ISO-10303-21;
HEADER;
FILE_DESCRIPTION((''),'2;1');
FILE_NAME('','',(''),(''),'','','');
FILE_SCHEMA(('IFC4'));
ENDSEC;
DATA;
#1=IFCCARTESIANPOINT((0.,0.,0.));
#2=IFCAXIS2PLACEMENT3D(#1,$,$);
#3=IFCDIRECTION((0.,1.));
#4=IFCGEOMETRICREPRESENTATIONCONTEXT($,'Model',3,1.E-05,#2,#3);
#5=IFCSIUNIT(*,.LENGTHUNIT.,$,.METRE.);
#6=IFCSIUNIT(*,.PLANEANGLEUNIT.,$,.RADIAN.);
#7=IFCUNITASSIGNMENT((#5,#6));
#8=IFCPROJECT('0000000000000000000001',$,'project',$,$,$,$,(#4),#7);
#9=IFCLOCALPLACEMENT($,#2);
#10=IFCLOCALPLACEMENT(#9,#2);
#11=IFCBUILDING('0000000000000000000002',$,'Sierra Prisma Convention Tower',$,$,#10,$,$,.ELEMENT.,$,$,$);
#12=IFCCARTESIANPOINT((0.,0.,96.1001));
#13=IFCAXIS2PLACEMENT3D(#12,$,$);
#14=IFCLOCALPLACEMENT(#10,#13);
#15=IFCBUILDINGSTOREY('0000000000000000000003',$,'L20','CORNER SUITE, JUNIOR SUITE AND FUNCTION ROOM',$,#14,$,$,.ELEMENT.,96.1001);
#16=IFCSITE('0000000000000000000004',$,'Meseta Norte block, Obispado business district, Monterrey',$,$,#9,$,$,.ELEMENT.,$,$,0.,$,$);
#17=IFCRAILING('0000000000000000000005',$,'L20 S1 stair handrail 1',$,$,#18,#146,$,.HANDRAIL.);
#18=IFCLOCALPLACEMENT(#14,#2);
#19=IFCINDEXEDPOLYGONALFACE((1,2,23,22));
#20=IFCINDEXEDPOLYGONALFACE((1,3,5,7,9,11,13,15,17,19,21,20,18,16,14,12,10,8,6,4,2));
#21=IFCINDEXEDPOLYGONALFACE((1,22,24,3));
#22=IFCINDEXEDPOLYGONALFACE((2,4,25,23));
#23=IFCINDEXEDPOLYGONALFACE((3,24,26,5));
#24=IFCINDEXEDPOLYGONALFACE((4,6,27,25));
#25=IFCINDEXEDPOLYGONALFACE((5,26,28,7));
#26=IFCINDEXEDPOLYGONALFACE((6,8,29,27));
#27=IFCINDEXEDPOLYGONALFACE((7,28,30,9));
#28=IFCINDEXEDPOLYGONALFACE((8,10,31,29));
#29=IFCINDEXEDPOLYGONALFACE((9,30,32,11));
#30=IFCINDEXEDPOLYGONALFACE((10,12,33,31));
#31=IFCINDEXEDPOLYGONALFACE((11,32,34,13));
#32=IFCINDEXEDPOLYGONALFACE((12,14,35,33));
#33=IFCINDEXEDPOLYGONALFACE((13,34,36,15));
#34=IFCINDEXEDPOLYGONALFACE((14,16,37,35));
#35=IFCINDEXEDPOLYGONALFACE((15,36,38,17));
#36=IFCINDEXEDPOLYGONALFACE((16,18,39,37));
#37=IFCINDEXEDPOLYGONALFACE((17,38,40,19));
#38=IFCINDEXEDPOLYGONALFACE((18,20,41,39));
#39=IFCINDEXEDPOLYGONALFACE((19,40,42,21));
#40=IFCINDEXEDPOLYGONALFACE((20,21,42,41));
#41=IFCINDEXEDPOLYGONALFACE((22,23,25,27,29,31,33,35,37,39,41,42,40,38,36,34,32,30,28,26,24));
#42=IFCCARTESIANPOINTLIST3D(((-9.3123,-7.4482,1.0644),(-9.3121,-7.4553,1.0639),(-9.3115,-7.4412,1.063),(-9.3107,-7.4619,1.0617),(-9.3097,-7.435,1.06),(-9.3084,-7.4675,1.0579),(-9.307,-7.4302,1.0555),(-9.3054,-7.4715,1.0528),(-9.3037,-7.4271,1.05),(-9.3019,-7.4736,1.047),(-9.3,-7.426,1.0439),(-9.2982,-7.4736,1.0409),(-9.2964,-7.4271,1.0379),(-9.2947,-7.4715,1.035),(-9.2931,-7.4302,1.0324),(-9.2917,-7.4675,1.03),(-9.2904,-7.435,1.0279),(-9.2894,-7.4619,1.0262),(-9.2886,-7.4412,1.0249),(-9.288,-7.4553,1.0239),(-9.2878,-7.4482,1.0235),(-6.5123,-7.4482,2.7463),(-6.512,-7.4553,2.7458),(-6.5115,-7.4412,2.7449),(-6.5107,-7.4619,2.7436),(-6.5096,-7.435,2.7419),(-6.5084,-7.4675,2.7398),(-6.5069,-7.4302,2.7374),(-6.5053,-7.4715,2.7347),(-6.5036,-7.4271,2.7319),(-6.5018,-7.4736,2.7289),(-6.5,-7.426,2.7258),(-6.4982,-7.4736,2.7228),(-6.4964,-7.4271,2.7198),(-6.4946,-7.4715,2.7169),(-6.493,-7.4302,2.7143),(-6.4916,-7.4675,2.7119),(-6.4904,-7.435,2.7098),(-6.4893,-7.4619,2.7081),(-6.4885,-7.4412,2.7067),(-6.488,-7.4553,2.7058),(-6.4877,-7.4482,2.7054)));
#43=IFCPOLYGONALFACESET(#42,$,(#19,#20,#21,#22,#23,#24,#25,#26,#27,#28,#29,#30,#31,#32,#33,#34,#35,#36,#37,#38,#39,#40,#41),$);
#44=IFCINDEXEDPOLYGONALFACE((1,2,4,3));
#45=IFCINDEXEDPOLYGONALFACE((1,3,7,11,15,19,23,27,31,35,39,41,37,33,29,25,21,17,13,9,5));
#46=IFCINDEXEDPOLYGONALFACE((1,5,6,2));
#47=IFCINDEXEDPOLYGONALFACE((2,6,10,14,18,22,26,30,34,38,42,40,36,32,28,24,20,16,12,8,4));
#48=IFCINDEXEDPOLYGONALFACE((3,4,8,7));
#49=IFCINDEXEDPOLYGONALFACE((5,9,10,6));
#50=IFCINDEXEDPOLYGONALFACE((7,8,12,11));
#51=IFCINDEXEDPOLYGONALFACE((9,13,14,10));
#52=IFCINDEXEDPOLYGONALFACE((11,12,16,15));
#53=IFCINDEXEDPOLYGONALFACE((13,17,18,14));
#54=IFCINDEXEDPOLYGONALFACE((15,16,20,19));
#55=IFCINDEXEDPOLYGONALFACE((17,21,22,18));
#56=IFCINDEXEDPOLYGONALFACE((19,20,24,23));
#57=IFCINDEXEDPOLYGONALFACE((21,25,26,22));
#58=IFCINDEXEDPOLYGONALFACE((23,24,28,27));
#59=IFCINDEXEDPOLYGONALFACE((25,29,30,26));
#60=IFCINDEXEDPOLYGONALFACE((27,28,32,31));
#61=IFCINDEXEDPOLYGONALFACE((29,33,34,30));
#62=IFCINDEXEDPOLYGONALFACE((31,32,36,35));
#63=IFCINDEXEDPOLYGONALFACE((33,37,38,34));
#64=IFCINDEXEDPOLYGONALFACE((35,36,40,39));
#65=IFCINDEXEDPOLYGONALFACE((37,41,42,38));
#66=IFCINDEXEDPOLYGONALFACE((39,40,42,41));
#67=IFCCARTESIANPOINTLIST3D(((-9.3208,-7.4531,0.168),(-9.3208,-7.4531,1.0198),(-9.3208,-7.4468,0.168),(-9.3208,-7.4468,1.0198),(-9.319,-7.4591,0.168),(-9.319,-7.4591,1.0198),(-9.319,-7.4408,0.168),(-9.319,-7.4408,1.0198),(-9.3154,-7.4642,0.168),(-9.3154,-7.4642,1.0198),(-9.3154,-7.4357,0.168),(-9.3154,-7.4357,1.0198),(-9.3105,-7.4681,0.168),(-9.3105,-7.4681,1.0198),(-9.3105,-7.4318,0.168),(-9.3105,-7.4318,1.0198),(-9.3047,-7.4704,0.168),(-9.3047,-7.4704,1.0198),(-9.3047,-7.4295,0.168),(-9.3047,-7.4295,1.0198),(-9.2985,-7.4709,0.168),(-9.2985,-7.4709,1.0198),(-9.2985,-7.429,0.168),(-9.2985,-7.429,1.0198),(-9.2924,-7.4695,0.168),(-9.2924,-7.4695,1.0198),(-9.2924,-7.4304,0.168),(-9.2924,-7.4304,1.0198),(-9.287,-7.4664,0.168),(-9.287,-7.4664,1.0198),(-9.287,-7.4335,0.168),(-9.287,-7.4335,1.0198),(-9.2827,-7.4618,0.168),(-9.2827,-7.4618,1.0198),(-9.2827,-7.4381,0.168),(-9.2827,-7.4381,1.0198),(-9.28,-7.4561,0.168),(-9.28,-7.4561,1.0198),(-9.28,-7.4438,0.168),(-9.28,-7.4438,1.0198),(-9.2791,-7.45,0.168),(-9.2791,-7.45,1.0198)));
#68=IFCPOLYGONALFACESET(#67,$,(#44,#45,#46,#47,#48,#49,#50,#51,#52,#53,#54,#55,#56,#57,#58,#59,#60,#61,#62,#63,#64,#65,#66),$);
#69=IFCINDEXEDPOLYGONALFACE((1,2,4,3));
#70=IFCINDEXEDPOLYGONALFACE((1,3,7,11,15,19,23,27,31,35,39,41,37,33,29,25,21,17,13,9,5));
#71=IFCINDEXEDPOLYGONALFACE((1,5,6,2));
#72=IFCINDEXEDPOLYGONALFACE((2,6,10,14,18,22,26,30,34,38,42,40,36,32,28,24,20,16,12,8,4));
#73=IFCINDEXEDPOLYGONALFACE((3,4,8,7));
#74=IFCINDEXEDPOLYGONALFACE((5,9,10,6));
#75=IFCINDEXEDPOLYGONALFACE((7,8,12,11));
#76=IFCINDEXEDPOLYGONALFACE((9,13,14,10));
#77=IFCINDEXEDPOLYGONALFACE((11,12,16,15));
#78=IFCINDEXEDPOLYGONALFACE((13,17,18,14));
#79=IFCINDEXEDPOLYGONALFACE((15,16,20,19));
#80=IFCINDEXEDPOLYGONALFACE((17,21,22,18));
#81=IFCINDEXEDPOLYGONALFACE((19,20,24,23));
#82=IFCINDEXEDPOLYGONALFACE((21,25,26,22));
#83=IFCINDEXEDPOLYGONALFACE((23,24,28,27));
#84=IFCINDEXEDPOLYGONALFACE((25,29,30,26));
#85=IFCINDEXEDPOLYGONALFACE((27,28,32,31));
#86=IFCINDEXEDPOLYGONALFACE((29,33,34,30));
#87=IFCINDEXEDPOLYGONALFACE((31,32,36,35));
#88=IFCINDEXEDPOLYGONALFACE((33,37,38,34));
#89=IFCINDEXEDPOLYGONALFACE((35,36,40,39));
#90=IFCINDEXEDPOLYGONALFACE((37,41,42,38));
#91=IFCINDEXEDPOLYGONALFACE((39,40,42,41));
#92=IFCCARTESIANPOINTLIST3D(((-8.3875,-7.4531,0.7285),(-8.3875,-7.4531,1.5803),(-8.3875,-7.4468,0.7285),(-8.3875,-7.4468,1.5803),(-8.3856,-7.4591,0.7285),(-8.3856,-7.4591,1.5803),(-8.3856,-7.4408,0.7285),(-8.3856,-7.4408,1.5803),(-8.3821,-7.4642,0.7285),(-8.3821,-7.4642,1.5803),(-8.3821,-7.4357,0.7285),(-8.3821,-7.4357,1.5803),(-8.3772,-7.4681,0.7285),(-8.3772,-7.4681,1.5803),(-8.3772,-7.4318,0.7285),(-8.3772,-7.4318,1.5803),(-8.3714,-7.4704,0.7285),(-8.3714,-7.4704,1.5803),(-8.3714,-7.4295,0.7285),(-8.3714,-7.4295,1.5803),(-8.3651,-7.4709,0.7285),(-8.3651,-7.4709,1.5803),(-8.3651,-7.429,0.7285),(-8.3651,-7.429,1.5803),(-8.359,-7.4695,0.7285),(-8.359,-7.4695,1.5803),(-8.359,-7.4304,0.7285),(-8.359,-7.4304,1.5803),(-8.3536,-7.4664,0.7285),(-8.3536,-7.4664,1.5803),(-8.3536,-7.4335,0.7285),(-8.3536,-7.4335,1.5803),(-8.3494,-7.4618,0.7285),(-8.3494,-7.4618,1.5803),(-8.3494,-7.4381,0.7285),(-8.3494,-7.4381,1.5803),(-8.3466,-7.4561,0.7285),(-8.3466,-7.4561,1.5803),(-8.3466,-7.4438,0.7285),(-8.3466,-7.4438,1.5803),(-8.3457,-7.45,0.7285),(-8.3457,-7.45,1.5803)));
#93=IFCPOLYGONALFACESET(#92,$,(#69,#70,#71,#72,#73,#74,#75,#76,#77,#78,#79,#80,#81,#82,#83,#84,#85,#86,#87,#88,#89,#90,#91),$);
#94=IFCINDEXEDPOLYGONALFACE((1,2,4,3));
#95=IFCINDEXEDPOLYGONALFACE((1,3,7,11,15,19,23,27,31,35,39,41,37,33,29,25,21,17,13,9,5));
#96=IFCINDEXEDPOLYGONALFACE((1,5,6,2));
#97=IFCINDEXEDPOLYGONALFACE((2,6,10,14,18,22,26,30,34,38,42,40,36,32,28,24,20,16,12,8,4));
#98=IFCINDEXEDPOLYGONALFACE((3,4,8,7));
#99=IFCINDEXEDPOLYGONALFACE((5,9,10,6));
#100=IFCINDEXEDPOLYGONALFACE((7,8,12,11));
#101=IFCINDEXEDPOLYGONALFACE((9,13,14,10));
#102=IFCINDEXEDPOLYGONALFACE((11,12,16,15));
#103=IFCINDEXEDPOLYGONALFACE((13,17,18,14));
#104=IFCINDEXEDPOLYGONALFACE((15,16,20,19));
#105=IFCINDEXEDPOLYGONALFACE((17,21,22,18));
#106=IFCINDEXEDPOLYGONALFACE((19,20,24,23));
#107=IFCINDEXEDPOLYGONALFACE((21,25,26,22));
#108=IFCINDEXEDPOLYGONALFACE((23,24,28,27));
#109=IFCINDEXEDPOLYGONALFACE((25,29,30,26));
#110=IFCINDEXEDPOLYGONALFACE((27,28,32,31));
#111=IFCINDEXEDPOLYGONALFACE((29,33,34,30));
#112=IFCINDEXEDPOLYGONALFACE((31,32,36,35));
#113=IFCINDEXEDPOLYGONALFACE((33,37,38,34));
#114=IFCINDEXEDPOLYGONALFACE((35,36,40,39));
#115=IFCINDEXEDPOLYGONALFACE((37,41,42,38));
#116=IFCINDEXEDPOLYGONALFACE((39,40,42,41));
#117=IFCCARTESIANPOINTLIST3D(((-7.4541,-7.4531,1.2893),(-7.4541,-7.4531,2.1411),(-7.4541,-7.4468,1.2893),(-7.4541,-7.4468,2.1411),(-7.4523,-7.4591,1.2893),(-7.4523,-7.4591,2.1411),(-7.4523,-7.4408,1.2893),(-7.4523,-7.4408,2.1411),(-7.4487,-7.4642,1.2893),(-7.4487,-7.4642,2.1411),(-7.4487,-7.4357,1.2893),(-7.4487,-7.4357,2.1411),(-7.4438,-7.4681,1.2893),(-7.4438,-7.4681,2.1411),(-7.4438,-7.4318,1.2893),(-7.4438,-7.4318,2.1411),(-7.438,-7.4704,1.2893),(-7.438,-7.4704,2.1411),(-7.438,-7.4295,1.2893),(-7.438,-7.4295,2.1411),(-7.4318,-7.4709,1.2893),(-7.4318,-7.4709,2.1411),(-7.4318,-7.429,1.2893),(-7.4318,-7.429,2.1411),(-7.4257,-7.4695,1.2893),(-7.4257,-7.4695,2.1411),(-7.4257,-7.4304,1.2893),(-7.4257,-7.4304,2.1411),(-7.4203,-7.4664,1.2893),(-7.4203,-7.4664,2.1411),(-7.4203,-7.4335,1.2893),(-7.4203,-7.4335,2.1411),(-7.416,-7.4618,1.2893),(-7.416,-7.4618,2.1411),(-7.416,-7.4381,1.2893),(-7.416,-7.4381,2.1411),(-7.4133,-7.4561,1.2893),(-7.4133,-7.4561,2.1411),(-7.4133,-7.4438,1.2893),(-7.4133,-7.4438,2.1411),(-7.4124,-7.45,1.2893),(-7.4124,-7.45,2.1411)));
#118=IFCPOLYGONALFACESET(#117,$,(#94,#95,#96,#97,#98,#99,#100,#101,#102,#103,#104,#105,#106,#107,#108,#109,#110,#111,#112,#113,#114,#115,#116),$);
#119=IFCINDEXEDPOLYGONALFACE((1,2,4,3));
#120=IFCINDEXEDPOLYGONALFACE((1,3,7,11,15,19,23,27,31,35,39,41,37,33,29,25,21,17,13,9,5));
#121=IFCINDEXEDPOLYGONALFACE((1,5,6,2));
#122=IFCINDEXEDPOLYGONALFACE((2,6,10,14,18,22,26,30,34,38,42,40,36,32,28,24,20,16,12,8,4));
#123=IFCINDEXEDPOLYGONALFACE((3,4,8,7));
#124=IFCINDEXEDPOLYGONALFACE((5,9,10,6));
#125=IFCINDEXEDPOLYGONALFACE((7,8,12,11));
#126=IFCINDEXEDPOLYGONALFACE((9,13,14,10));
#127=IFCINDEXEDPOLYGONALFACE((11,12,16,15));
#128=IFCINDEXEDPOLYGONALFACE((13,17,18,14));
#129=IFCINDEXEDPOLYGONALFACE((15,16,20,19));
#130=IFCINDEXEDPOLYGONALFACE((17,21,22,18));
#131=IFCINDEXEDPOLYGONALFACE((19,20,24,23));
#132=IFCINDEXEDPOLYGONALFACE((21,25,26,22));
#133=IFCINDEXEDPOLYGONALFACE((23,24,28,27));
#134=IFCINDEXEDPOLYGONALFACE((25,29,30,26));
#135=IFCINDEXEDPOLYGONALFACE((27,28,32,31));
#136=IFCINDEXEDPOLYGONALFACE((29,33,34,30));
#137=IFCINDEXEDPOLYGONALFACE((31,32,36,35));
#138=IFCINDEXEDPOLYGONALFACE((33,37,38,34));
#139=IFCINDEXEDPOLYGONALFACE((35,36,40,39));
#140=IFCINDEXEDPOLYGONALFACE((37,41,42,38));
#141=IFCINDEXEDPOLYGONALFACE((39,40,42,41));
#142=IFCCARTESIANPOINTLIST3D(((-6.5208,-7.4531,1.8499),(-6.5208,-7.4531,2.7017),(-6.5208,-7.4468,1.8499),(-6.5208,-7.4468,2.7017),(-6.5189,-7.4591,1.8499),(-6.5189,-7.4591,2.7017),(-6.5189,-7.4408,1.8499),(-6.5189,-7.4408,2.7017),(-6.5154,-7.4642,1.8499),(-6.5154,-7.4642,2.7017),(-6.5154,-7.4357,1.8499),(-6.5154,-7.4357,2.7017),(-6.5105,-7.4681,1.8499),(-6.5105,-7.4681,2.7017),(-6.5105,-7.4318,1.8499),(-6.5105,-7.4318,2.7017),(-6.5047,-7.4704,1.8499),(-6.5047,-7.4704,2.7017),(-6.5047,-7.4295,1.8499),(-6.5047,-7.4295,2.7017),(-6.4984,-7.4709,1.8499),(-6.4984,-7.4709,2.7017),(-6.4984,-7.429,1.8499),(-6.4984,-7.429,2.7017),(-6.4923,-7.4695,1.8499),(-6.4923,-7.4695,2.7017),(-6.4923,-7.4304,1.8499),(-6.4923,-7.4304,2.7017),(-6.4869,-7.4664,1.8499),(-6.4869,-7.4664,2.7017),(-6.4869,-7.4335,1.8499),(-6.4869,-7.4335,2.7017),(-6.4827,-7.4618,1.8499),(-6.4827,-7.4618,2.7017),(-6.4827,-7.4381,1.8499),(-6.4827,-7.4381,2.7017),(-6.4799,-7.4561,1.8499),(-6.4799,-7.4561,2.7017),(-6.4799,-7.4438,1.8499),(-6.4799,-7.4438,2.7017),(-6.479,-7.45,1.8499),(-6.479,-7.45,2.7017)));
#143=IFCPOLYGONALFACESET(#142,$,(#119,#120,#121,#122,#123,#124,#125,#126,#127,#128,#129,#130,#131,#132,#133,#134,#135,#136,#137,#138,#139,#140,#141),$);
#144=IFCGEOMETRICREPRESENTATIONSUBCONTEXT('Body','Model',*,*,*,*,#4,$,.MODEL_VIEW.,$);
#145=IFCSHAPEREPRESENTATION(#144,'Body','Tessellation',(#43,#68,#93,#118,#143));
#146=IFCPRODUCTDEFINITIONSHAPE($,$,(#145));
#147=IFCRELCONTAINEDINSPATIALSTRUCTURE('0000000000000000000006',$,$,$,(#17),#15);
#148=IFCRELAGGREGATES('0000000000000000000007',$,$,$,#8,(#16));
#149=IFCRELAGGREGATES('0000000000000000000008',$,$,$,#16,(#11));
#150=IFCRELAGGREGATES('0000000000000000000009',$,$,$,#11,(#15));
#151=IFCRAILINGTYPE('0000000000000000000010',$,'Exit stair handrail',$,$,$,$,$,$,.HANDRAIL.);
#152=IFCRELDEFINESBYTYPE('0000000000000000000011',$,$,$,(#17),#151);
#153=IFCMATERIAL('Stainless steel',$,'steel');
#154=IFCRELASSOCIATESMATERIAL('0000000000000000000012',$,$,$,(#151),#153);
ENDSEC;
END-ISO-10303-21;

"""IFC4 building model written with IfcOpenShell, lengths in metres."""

from ifc_helpers import new_model, si_unit, direction, frame, origin, origin_2d, place, context, subcontext, project, spatial, circle, extrude, material, type_object, element, save


model = new_model("IFC4")

# Units and contexts
model_context = context("Model", 3, precision=1e-05, world=origin(), true_north=direction((0.0, 1.0)))
body_context = subcontext(model_context, "Body", "Model", "MODEL_VIEW")
ifc_project = project(units=[si_unit("LENGTHUNIT", "METRE"), si_unit("PLANEANGLEUNIT", "RADIAN")], contexts=[model_context])

# Site, building, storey
site_placement = place(None, origin())
site = spatial("IfcSite", under=ifc_project, at=site_placement, Name="Meseta Norte block, Obispado business district, Monterrey", CompositionType="ELEMENT", RefElevation=0.0)
building_placement = place(site_placement, origin())
building = spatial("IfcBuilding", under=site, at=building_placement, Name="Sierra Prisma Convention Tower", CompositionType="ELEMENT")
storey_placement = place(building_placement, frame((0.0, 0.0, 96.1001)))
storey = spatial("IfcBuildingStorey", under=building, at=storey_placement, Name="L20", Description="CORNER SUITE, JUNIOR SUITE AND FUNCTION ROOM", CompositionType="ELEMENT", Elevation=96.1001)

# Railing
ifc_material_1 = material(Name="Stainless steel", Category="steel")
railing_type_1 = type_object("IfcRailingType", Name="Exit stair handrail", PredefinedType="HANDRAIL", material=ifc_material_1)
railing_1_placement = place(storey_placement, frame((-9.3, -7.45, 0.168)))
element("IfcRailing", 1, at=railing_1_placement, inside=storey, type_object=railing_type_1, Name="L20 S1 stair handrail 1", PredefinedType="HANDRAIL", context=body_context, shape_type="SweptSolid", body=[
    extrude(circle(Radius=0.0239, at=origin_2d()), frame((0.0, 0.0, 0.876), z_axis=(0.857242, 0.0, 0.514913), x_axis=(0.0, 1.0, 0.0)), (0.0, 0.0, 1.0), 3.2664),
    extrude(circle(Radius=0.021, at=origin_2d()), origin(), (0.0, 0.0, 1.0), 0.8518),
    extrude(circle(Radius=0.021, at=origin_2d()), frame((0.9333, 0.0, 0.5605)), (0.0, 0.0, 1.0), 0.8518),
    extrude(circle(Radius=0.021, at=origin_2d()), frame((1.8667, 0.0, 1.1213)), (0.0, 0.0, 1.0), 0.8518),
    extrude(circle(Radius=0.021, at=origin_2d()), frame((2.8, 0.0, 1.6819)), (0.0, 0.0, 1.0), 0.8518),
])

save(model, "model.ifc")
